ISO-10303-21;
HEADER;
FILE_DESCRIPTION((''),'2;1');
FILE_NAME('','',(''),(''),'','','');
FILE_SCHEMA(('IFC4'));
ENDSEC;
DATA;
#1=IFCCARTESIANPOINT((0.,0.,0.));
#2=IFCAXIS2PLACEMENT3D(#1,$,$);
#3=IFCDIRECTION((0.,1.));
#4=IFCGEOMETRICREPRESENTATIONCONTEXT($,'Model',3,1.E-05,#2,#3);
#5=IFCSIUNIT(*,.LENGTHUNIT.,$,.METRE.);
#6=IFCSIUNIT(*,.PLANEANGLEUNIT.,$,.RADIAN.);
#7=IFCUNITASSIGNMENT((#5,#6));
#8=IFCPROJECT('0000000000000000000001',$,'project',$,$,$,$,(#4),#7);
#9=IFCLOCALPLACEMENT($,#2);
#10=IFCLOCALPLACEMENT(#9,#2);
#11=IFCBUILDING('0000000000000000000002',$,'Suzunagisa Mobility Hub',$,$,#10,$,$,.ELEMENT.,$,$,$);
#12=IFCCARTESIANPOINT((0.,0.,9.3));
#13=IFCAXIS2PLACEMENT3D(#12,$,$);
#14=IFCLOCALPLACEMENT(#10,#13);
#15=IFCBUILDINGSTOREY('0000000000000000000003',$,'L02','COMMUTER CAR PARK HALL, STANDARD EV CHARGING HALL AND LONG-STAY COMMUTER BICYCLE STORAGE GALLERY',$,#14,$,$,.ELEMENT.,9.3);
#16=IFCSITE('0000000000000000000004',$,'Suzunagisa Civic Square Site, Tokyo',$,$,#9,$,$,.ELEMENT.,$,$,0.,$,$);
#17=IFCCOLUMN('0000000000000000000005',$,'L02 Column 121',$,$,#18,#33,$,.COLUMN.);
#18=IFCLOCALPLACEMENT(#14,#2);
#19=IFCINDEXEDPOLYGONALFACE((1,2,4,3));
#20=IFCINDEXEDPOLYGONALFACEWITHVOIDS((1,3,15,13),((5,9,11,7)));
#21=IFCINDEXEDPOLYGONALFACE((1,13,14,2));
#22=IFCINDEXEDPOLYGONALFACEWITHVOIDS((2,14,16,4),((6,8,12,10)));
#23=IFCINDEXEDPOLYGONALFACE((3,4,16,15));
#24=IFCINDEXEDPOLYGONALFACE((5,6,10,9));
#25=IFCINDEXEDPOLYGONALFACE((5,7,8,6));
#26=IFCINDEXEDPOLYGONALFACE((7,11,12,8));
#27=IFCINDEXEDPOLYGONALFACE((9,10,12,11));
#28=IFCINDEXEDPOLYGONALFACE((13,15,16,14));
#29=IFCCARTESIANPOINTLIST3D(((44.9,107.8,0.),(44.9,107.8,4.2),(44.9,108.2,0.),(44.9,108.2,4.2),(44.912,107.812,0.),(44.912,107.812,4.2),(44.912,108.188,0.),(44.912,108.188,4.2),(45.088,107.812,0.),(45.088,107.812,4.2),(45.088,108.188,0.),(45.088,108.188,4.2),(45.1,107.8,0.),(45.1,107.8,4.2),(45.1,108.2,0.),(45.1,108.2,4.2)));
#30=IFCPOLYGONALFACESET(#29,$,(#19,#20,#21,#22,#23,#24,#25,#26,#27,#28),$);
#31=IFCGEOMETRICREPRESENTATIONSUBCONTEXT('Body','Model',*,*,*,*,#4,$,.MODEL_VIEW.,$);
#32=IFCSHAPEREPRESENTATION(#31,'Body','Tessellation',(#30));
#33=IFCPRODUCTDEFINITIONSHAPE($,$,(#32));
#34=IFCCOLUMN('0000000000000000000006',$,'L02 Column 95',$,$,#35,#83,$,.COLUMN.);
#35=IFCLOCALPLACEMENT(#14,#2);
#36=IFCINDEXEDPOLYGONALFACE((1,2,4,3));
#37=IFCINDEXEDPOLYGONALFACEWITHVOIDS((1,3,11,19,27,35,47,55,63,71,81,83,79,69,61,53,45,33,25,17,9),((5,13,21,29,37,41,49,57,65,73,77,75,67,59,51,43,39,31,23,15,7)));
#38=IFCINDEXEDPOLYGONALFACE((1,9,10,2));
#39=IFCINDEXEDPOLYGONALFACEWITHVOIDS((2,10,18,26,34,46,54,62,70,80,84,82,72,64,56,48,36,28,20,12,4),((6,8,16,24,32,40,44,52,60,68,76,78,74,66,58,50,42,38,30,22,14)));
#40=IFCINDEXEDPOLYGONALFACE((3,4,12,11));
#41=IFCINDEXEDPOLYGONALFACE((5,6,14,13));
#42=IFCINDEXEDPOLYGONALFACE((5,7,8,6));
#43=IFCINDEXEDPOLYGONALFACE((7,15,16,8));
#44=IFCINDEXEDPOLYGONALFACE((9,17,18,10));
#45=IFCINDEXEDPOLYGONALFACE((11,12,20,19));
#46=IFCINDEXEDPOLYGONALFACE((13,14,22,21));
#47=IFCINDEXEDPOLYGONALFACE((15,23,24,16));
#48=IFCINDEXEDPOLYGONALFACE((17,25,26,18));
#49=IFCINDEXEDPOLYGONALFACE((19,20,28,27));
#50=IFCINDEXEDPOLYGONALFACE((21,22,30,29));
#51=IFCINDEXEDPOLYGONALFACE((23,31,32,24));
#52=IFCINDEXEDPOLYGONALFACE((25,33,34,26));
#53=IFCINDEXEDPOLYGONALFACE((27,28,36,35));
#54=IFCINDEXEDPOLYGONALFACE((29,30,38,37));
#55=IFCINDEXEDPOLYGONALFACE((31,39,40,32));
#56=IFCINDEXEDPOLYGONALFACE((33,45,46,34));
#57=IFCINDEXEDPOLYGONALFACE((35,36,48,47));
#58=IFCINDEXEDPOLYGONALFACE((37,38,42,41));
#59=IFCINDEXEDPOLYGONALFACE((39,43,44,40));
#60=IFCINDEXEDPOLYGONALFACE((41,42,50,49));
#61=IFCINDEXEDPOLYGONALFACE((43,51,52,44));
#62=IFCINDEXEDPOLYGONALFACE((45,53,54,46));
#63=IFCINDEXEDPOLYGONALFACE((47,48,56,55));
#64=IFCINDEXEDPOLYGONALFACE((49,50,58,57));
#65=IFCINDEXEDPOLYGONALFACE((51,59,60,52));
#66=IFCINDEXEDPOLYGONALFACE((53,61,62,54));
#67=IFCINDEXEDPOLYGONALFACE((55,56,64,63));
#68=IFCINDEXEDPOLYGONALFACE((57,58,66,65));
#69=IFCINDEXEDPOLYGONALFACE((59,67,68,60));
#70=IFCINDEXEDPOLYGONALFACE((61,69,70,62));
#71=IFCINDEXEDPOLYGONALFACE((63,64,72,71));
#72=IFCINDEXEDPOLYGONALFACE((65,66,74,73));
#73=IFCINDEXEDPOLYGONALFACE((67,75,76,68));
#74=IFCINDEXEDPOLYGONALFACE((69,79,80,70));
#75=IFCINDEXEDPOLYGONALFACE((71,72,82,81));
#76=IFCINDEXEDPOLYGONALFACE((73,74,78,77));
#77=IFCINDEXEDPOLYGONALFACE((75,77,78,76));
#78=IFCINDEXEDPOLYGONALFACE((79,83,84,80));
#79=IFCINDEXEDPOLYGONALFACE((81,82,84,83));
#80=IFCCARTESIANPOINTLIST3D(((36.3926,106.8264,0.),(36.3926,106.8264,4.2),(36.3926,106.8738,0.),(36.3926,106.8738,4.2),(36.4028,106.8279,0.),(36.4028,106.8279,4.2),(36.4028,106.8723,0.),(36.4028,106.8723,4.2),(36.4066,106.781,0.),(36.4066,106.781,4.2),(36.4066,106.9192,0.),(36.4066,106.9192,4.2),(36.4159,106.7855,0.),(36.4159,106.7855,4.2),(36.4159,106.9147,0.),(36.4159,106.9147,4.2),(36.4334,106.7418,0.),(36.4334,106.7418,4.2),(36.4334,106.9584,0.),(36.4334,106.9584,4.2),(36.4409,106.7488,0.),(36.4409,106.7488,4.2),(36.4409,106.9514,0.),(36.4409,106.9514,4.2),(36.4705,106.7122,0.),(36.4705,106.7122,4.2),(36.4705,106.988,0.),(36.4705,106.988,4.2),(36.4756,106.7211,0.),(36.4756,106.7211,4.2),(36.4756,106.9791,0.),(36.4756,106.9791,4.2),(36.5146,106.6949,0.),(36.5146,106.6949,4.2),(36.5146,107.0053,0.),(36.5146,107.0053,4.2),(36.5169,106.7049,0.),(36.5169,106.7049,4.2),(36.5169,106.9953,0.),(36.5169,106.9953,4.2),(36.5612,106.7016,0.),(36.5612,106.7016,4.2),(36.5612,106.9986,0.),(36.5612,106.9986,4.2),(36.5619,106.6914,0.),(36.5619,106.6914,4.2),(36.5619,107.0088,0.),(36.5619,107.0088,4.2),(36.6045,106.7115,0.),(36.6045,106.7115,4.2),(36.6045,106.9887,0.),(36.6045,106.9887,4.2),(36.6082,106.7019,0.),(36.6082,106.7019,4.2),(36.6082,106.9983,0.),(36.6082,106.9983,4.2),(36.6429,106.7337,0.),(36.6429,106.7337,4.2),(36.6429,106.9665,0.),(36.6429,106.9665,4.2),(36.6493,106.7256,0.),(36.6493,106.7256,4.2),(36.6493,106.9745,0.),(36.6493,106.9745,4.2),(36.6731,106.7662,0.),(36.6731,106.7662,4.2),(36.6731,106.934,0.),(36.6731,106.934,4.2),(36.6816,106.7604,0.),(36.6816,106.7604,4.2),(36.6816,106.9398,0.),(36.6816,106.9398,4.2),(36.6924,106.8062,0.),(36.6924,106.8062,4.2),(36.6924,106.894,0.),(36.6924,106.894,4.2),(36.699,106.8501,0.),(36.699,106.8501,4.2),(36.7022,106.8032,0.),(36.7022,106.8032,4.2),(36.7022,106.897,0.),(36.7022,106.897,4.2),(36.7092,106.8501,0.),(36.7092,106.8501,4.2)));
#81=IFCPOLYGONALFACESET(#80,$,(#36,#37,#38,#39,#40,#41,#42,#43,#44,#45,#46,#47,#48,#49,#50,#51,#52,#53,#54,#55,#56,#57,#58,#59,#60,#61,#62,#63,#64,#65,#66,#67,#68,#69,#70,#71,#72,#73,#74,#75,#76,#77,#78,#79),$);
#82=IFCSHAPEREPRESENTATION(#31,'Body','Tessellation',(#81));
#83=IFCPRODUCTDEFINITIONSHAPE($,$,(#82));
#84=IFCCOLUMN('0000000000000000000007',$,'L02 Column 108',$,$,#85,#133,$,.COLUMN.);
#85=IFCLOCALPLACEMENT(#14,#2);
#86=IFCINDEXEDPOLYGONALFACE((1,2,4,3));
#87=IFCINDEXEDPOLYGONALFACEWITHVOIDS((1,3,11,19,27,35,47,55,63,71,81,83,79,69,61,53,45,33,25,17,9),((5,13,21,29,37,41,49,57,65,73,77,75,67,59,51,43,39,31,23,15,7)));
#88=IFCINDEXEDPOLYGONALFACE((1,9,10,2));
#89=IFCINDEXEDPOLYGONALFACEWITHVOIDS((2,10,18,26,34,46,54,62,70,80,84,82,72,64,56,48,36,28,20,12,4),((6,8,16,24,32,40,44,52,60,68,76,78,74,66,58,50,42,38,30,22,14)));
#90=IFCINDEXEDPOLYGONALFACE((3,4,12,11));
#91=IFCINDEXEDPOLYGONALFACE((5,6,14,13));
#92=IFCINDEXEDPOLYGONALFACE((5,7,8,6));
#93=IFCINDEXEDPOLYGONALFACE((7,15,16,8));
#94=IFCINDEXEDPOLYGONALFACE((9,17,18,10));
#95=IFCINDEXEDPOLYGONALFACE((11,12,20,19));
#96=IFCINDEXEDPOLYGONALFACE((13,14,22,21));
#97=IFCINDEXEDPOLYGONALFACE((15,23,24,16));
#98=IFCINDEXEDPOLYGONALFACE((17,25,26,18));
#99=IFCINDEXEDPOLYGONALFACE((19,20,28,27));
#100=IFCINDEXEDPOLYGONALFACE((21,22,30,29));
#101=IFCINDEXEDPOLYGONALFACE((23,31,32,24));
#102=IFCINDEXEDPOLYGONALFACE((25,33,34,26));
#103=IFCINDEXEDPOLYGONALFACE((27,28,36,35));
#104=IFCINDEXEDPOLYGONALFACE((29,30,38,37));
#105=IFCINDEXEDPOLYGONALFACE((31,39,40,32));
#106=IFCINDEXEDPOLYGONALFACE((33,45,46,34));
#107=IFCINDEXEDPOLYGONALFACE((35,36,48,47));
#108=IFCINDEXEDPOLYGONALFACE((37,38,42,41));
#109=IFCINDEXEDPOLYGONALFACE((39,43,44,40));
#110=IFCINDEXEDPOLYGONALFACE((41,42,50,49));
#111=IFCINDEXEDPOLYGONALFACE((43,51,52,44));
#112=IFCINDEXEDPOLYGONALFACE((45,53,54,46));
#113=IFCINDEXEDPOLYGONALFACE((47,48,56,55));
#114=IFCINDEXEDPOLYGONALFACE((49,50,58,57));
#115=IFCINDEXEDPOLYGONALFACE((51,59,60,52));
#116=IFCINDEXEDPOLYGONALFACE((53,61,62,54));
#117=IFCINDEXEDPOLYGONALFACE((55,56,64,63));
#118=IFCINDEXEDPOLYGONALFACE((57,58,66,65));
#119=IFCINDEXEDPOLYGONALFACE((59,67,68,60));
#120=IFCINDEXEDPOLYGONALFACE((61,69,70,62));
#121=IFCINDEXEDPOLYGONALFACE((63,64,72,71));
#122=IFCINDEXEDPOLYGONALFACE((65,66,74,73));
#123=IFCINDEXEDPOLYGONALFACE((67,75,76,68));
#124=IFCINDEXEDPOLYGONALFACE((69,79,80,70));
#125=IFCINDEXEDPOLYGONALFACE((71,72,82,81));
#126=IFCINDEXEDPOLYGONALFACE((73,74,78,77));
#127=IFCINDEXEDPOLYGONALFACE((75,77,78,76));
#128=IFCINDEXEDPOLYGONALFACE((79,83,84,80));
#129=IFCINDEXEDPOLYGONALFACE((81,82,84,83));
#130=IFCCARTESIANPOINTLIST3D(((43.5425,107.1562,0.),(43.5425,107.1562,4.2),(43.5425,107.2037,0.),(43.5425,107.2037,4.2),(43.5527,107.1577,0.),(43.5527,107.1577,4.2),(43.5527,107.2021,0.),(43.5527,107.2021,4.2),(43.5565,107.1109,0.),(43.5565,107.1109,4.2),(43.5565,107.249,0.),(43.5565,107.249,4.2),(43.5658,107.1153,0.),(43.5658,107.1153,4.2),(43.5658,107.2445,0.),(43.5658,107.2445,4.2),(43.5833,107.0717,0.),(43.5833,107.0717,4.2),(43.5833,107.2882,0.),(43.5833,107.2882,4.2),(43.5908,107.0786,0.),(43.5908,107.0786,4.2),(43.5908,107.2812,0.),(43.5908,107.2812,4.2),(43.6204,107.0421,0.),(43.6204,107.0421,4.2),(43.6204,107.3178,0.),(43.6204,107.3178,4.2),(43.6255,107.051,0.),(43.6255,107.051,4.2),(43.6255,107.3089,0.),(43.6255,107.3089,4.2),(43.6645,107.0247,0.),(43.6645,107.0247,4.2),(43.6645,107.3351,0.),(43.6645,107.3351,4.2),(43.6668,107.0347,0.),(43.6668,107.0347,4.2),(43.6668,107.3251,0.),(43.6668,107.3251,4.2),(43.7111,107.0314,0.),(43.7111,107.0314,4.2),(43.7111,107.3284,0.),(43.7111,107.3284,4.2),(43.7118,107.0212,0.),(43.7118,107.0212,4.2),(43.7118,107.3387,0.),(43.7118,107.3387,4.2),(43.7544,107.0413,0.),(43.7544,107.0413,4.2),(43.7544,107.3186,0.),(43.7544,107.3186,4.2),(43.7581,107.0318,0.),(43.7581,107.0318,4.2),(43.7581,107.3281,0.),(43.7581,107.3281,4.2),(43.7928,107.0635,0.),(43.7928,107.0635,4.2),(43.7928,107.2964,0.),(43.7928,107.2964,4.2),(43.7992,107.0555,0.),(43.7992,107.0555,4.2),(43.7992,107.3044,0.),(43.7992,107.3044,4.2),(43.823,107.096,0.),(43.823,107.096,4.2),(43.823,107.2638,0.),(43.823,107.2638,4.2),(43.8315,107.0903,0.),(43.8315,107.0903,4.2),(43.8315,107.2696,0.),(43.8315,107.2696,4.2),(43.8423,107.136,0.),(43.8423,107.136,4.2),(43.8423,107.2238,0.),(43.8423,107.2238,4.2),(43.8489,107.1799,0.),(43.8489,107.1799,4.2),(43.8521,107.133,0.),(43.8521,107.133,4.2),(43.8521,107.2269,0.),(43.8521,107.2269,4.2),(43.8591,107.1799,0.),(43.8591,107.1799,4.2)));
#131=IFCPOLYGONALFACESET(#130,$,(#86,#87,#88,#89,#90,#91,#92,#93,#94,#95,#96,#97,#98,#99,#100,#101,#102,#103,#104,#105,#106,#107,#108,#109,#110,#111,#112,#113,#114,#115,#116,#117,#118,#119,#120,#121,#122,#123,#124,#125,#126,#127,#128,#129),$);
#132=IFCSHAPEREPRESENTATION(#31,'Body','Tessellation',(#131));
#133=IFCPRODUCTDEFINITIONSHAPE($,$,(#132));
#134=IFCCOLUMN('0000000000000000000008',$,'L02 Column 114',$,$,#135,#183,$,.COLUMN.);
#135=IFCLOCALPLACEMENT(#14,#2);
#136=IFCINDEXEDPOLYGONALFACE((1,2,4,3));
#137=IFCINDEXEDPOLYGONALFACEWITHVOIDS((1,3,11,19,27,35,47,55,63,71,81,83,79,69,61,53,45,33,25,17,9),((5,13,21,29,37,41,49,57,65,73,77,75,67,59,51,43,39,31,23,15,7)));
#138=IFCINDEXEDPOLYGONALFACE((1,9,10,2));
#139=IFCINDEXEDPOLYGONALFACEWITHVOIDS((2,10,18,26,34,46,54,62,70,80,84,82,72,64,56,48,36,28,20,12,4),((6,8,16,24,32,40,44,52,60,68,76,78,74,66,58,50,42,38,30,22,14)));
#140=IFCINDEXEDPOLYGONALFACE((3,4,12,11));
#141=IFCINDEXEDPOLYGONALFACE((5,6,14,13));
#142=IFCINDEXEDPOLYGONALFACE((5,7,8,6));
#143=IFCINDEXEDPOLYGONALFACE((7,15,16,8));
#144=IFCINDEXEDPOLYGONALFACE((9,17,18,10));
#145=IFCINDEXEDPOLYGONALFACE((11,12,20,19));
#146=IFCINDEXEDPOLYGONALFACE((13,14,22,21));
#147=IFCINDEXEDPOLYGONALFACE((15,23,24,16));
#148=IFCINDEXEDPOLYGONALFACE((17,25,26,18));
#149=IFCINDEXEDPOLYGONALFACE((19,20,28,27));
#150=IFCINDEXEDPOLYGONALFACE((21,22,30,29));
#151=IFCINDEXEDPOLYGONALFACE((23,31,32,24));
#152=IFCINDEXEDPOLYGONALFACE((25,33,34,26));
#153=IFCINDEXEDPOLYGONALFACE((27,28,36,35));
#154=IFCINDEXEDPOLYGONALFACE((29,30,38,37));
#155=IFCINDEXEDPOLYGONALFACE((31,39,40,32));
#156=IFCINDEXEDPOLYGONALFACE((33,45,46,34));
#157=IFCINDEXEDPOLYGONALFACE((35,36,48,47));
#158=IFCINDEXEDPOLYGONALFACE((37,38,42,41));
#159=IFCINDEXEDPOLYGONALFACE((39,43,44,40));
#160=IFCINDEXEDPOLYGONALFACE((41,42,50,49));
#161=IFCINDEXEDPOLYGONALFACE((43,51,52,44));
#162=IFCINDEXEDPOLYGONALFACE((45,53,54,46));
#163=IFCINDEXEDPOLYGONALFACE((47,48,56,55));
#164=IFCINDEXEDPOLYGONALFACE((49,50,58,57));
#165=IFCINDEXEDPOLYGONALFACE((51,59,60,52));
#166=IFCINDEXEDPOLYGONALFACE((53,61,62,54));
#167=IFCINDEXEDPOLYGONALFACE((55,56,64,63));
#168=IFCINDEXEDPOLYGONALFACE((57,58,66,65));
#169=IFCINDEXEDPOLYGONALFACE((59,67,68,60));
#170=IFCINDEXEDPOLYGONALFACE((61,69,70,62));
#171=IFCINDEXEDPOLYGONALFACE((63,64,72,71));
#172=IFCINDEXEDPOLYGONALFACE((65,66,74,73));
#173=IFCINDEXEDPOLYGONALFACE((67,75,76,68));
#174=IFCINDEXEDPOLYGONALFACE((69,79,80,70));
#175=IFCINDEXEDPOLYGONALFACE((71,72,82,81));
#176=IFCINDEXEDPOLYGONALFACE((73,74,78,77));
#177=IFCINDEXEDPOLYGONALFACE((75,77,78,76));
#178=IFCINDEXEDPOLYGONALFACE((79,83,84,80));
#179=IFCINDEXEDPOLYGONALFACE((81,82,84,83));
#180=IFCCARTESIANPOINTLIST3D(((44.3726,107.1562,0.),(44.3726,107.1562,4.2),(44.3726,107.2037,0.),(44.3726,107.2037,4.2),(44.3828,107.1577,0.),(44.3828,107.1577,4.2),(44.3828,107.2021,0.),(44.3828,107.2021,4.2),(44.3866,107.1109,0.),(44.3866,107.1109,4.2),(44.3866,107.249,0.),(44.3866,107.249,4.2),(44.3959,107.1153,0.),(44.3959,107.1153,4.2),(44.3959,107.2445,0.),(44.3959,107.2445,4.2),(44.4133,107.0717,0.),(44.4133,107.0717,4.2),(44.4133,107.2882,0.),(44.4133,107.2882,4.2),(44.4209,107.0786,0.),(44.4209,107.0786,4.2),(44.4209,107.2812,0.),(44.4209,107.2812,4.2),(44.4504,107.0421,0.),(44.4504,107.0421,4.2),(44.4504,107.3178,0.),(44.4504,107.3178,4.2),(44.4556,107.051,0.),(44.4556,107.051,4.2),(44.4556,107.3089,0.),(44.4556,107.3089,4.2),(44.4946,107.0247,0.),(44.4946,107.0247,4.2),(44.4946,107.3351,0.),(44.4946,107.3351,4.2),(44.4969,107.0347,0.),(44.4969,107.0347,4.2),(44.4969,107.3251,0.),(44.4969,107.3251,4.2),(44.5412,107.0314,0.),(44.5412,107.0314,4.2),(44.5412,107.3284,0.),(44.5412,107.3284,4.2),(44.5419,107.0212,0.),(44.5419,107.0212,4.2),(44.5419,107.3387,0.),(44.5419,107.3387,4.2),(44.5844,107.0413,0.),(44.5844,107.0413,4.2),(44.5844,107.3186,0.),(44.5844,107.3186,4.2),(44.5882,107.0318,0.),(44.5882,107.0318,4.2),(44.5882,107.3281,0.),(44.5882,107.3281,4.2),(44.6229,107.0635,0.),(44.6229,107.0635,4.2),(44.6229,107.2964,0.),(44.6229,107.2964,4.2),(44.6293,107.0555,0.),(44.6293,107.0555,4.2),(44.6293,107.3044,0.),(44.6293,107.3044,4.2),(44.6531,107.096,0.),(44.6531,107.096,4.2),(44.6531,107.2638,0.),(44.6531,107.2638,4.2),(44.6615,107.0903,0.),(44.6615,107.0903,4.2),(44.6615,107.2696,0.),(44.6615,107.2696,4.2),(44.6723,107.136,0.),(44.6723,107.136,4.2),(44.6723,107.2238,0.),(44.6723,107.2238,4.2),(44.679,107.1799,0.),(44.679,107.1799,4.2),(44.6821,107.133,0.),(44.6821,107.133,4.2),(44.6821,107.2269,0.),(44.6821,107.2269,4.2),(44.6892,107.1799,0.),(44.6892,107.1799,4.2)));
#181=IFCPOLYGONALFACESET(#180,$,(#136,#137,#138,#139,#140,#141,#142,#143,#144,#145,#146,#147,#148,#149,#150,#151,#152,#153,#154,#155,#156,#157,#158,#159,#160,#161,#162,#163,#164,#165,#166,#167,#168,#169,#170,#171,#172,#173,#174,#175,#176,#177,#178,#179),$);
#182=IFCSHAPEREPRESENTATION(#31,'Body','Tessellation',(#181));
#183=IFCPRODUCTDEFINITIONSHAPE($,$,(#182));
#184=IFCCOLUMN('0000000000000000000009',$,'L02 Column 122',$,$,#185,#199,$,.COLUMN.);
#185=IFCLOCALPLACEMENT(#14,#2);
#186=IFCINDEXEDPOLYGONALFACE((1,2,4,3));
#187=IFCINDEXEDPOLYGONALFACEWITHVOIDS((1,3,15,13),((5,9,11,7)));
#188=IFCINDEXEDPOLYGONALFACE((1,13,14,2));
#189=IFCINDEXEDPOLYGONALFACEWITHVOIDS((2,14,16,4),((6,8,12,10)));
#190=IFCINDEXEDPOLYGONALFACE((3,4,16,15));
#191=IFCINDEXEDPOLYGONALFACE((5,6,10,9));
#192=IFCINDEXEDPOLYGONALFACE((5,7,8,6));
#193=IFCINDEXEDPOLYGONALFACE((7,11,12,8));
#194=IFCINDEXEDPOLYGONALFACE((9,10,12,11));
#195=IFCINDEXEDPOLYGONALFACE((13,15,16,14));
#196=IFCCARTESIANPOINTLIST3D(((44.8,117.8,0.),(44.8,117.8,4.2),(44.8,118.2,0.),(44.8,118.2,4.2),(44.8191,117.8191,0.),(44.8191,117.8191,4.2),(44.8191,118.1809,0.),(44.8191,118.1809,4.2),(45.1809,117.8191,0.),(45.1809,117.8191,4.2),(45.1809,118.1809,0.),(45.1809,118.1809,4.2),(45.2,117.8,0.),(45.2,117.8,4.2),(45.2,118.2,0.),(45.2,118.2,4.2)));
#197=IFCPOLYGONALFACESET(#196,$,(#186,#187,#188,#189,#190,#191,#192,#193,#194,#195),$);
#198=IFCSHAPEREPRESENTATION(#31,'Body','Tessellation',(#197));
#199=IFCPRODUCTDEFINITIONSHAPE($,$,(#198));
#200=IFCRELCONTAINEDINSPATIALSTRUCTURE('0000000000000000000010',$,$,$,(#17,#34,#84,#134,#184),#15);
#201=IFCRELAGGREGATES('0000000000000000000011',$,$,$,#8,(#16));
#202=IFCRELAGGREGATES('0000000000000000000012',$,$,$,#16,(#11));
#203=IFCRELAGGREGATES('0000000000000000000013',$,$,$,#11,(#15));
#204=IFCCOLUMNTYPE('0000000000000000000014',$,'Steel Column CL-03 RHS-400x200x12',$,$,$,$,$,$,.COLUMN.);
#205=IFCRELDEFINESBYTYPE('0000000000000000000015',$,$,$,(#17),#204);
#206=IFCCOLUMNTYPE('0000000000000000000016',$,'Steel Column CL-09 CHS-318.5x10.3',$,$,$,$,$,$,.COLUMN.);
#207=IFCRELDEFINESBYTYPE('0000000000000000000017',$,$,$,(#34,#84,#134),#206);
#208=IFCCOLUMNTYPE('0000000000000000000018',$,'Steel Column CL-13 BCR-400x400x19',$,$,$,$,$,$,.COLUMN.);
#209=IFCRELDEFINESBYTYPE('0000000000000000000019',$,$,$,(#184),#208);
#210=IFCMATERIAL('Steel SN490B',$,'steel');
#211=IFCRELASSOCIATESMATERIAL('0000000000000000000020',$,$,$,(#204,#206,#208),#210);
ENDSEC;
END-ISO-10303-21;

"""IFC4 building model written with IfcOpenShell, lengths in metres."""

from ifc_helpers import new_model, si_unit, direction, frame, origin, origin_2d, place, context, subcontext, project, spatial, hollow_rectangle, hollow_circle, extrude, material, material_profile, profile_set, type_object, element, save


model = new_model("IFC4")

# Units and contexts
model_context = context("Model", 3, precision=1e-05, world=origin(), true_north=direction((0.0, 1.0)))
body_context = subcontext(model_context, "Body", "Model", "MODEL_VIEW")
ifc_project = project(units=[si_unit("LENGTHUNIT", "METRE"), si_unit("PLANEANGLEUNIT", "RADIAN")], contexts=[model_context])

# Site, building, storey
site_placement = place(None, origin())
site = spatial("IfcSite", under=ifc_project, at=site_placement, Name="Suzunagisa Civic Square Site, Tokyo", CompositionType="ELEMENT", RefElevation=0.0)
building_placement = place(site_placement, origin())
building = spatial("IfcBuilding", under=site, at=building_placement, Name="Suzunagisa Mobility Hub", CompositionType="ELEMENT")
storey_placement = place(building_placement, frame((0.0, 0.0, 9.3)))
storey = spatial("IfcBuildingStorey", under=building, at=storey_placement, Name="L02", Description="COMMUTER CAR PARK HALL, STANDARD EV CHARGING HALL AND LONG-STAY COMMUTER BICYCLE STORAGE GALLERY", CompositionType="ELEMENT", Elevation=9.3)

# Columns
ifc_material_1 = material(Name="Steel SN490B", Category="steel")
ifc_material_profile_1 = material_profile(ifc_material_1, hollow_rectangle(XDim=0.2, YDim=0.3999, WallThickness=0.012, at=origin_2d()), Name="RHS-400x200x12")
ifc_profile_set_1 = profile_set([ifc_material_profile_1], Name="Steel SN490B")
column_type_1 = type_object("IfcColumnType", Name="Steel Column CL-03 RHS-400x200x12", PredefinedType="COLUMN", material=ifc_profile_set_1)
column_1_placement = place(storey_placement, frame((45.0, 108.0, 0.0), z_axis=(0.0, 0.0, 1.0), x_axis=(1.0, 0.0, 0.0)))
element("IfcColumn", 1, at=column_1_placement, inside=storey, type_object=column_type_1, Name="L02 Column 121", PredefinedType="COLUMN", context=body_context, shape_type="SweptSolid", body=[
    extrude(hollow_rectangle(XDim=0.2, YDim=0.3999, WallThickness=0.012, at=origin_2d()), origin(), (0.0, 0.0, 1.0), 4.2),
])
ifc_material_profile_2 = material_profile(ifc_material_1, hollow_circle(Radius=0.1592, WallThickness=0.0103, at=origin_2d()), Name="CHS-318.5x10.3")
ifc_profile_set_2 = profile_set([ifc_material_profile_2], Name="Steel SN490B")
column_type_2 = type_object("IfcColumnType", Name="Steel Column CL-09 CHS-318.5x10.3", PredefinedType="COLUMN", material=ifc_profile_set_2)
for number, where, z_axis, x_axis, name in (
    (2, (36.55, 106.8501, 0.0), (0.0, 0.0, 1.0), (1.0, 0.0, 0.0), "L02 Column 95"),
    (3, (43.7, 107.1799, 0.0), (0.0, 0.0, 1.0), (1.0, 0.0, 0.0), "L02 Column 108"),
    (4, (44.53, 107.1799, 0.0), (0.0, 0.0, 1.0), (1.0, 0.0, 0.0), "L02 Column 114"),
):
    element("IfcColumn", number, at=place(storey_placement, frame(where, z_axis=z_axis, x_axis=x_axis)), inside=storey, type_object=column_type_2, Name=name, PredefinedType="COLUMN", context=body_context, shape_type="SweptSolid", body=[
        extrude(hollow_circle(Radius=0.1592, WallThickness=0.0103, at=origin_2d()), origin(), (0.0, 0.0, 1.0), 4.2),
    ])
ifc_material_profile_3 = material_profile(ifc_material_1, hollow_rectangle(XDim=0.3999, YDim=0.3999, WallThickness=0.019, at=origin_2d()), Name="BCR-400x400x19")
ifc_profile_set_3 = profile_set([ifc_material_profile_3], Name="Steel SN490B")
column_type_3 = type_object("IfcColumnType", Name="Steel Column CL-13 BCR-400x400x19", PredefinedType="COLUMN", material=ifc_profile_set_3)
column_2_placement = place(storey_placement, frame((45.0, 118.0, 0.0), z_axis=(0.0, 0.0, 1.0), x_axis=(1.0, 0.0, 0.0)))
element("IfcColumn", 5, at=column_2_placement, inside=storey, type_object=column_type_3, Name="L02 Column 122", PredefinedType="COLUMN", context=body_context, shape_type="SweptSolid", body=[
    extrude(hollow_rectangle(XDim=0.3999, YDim=0.3999, WallThickness=0.019, at=origin_2d()), origin(), (0.0, 0.0, 1.0), 4.2),
])

save(model, "model.ifc")
